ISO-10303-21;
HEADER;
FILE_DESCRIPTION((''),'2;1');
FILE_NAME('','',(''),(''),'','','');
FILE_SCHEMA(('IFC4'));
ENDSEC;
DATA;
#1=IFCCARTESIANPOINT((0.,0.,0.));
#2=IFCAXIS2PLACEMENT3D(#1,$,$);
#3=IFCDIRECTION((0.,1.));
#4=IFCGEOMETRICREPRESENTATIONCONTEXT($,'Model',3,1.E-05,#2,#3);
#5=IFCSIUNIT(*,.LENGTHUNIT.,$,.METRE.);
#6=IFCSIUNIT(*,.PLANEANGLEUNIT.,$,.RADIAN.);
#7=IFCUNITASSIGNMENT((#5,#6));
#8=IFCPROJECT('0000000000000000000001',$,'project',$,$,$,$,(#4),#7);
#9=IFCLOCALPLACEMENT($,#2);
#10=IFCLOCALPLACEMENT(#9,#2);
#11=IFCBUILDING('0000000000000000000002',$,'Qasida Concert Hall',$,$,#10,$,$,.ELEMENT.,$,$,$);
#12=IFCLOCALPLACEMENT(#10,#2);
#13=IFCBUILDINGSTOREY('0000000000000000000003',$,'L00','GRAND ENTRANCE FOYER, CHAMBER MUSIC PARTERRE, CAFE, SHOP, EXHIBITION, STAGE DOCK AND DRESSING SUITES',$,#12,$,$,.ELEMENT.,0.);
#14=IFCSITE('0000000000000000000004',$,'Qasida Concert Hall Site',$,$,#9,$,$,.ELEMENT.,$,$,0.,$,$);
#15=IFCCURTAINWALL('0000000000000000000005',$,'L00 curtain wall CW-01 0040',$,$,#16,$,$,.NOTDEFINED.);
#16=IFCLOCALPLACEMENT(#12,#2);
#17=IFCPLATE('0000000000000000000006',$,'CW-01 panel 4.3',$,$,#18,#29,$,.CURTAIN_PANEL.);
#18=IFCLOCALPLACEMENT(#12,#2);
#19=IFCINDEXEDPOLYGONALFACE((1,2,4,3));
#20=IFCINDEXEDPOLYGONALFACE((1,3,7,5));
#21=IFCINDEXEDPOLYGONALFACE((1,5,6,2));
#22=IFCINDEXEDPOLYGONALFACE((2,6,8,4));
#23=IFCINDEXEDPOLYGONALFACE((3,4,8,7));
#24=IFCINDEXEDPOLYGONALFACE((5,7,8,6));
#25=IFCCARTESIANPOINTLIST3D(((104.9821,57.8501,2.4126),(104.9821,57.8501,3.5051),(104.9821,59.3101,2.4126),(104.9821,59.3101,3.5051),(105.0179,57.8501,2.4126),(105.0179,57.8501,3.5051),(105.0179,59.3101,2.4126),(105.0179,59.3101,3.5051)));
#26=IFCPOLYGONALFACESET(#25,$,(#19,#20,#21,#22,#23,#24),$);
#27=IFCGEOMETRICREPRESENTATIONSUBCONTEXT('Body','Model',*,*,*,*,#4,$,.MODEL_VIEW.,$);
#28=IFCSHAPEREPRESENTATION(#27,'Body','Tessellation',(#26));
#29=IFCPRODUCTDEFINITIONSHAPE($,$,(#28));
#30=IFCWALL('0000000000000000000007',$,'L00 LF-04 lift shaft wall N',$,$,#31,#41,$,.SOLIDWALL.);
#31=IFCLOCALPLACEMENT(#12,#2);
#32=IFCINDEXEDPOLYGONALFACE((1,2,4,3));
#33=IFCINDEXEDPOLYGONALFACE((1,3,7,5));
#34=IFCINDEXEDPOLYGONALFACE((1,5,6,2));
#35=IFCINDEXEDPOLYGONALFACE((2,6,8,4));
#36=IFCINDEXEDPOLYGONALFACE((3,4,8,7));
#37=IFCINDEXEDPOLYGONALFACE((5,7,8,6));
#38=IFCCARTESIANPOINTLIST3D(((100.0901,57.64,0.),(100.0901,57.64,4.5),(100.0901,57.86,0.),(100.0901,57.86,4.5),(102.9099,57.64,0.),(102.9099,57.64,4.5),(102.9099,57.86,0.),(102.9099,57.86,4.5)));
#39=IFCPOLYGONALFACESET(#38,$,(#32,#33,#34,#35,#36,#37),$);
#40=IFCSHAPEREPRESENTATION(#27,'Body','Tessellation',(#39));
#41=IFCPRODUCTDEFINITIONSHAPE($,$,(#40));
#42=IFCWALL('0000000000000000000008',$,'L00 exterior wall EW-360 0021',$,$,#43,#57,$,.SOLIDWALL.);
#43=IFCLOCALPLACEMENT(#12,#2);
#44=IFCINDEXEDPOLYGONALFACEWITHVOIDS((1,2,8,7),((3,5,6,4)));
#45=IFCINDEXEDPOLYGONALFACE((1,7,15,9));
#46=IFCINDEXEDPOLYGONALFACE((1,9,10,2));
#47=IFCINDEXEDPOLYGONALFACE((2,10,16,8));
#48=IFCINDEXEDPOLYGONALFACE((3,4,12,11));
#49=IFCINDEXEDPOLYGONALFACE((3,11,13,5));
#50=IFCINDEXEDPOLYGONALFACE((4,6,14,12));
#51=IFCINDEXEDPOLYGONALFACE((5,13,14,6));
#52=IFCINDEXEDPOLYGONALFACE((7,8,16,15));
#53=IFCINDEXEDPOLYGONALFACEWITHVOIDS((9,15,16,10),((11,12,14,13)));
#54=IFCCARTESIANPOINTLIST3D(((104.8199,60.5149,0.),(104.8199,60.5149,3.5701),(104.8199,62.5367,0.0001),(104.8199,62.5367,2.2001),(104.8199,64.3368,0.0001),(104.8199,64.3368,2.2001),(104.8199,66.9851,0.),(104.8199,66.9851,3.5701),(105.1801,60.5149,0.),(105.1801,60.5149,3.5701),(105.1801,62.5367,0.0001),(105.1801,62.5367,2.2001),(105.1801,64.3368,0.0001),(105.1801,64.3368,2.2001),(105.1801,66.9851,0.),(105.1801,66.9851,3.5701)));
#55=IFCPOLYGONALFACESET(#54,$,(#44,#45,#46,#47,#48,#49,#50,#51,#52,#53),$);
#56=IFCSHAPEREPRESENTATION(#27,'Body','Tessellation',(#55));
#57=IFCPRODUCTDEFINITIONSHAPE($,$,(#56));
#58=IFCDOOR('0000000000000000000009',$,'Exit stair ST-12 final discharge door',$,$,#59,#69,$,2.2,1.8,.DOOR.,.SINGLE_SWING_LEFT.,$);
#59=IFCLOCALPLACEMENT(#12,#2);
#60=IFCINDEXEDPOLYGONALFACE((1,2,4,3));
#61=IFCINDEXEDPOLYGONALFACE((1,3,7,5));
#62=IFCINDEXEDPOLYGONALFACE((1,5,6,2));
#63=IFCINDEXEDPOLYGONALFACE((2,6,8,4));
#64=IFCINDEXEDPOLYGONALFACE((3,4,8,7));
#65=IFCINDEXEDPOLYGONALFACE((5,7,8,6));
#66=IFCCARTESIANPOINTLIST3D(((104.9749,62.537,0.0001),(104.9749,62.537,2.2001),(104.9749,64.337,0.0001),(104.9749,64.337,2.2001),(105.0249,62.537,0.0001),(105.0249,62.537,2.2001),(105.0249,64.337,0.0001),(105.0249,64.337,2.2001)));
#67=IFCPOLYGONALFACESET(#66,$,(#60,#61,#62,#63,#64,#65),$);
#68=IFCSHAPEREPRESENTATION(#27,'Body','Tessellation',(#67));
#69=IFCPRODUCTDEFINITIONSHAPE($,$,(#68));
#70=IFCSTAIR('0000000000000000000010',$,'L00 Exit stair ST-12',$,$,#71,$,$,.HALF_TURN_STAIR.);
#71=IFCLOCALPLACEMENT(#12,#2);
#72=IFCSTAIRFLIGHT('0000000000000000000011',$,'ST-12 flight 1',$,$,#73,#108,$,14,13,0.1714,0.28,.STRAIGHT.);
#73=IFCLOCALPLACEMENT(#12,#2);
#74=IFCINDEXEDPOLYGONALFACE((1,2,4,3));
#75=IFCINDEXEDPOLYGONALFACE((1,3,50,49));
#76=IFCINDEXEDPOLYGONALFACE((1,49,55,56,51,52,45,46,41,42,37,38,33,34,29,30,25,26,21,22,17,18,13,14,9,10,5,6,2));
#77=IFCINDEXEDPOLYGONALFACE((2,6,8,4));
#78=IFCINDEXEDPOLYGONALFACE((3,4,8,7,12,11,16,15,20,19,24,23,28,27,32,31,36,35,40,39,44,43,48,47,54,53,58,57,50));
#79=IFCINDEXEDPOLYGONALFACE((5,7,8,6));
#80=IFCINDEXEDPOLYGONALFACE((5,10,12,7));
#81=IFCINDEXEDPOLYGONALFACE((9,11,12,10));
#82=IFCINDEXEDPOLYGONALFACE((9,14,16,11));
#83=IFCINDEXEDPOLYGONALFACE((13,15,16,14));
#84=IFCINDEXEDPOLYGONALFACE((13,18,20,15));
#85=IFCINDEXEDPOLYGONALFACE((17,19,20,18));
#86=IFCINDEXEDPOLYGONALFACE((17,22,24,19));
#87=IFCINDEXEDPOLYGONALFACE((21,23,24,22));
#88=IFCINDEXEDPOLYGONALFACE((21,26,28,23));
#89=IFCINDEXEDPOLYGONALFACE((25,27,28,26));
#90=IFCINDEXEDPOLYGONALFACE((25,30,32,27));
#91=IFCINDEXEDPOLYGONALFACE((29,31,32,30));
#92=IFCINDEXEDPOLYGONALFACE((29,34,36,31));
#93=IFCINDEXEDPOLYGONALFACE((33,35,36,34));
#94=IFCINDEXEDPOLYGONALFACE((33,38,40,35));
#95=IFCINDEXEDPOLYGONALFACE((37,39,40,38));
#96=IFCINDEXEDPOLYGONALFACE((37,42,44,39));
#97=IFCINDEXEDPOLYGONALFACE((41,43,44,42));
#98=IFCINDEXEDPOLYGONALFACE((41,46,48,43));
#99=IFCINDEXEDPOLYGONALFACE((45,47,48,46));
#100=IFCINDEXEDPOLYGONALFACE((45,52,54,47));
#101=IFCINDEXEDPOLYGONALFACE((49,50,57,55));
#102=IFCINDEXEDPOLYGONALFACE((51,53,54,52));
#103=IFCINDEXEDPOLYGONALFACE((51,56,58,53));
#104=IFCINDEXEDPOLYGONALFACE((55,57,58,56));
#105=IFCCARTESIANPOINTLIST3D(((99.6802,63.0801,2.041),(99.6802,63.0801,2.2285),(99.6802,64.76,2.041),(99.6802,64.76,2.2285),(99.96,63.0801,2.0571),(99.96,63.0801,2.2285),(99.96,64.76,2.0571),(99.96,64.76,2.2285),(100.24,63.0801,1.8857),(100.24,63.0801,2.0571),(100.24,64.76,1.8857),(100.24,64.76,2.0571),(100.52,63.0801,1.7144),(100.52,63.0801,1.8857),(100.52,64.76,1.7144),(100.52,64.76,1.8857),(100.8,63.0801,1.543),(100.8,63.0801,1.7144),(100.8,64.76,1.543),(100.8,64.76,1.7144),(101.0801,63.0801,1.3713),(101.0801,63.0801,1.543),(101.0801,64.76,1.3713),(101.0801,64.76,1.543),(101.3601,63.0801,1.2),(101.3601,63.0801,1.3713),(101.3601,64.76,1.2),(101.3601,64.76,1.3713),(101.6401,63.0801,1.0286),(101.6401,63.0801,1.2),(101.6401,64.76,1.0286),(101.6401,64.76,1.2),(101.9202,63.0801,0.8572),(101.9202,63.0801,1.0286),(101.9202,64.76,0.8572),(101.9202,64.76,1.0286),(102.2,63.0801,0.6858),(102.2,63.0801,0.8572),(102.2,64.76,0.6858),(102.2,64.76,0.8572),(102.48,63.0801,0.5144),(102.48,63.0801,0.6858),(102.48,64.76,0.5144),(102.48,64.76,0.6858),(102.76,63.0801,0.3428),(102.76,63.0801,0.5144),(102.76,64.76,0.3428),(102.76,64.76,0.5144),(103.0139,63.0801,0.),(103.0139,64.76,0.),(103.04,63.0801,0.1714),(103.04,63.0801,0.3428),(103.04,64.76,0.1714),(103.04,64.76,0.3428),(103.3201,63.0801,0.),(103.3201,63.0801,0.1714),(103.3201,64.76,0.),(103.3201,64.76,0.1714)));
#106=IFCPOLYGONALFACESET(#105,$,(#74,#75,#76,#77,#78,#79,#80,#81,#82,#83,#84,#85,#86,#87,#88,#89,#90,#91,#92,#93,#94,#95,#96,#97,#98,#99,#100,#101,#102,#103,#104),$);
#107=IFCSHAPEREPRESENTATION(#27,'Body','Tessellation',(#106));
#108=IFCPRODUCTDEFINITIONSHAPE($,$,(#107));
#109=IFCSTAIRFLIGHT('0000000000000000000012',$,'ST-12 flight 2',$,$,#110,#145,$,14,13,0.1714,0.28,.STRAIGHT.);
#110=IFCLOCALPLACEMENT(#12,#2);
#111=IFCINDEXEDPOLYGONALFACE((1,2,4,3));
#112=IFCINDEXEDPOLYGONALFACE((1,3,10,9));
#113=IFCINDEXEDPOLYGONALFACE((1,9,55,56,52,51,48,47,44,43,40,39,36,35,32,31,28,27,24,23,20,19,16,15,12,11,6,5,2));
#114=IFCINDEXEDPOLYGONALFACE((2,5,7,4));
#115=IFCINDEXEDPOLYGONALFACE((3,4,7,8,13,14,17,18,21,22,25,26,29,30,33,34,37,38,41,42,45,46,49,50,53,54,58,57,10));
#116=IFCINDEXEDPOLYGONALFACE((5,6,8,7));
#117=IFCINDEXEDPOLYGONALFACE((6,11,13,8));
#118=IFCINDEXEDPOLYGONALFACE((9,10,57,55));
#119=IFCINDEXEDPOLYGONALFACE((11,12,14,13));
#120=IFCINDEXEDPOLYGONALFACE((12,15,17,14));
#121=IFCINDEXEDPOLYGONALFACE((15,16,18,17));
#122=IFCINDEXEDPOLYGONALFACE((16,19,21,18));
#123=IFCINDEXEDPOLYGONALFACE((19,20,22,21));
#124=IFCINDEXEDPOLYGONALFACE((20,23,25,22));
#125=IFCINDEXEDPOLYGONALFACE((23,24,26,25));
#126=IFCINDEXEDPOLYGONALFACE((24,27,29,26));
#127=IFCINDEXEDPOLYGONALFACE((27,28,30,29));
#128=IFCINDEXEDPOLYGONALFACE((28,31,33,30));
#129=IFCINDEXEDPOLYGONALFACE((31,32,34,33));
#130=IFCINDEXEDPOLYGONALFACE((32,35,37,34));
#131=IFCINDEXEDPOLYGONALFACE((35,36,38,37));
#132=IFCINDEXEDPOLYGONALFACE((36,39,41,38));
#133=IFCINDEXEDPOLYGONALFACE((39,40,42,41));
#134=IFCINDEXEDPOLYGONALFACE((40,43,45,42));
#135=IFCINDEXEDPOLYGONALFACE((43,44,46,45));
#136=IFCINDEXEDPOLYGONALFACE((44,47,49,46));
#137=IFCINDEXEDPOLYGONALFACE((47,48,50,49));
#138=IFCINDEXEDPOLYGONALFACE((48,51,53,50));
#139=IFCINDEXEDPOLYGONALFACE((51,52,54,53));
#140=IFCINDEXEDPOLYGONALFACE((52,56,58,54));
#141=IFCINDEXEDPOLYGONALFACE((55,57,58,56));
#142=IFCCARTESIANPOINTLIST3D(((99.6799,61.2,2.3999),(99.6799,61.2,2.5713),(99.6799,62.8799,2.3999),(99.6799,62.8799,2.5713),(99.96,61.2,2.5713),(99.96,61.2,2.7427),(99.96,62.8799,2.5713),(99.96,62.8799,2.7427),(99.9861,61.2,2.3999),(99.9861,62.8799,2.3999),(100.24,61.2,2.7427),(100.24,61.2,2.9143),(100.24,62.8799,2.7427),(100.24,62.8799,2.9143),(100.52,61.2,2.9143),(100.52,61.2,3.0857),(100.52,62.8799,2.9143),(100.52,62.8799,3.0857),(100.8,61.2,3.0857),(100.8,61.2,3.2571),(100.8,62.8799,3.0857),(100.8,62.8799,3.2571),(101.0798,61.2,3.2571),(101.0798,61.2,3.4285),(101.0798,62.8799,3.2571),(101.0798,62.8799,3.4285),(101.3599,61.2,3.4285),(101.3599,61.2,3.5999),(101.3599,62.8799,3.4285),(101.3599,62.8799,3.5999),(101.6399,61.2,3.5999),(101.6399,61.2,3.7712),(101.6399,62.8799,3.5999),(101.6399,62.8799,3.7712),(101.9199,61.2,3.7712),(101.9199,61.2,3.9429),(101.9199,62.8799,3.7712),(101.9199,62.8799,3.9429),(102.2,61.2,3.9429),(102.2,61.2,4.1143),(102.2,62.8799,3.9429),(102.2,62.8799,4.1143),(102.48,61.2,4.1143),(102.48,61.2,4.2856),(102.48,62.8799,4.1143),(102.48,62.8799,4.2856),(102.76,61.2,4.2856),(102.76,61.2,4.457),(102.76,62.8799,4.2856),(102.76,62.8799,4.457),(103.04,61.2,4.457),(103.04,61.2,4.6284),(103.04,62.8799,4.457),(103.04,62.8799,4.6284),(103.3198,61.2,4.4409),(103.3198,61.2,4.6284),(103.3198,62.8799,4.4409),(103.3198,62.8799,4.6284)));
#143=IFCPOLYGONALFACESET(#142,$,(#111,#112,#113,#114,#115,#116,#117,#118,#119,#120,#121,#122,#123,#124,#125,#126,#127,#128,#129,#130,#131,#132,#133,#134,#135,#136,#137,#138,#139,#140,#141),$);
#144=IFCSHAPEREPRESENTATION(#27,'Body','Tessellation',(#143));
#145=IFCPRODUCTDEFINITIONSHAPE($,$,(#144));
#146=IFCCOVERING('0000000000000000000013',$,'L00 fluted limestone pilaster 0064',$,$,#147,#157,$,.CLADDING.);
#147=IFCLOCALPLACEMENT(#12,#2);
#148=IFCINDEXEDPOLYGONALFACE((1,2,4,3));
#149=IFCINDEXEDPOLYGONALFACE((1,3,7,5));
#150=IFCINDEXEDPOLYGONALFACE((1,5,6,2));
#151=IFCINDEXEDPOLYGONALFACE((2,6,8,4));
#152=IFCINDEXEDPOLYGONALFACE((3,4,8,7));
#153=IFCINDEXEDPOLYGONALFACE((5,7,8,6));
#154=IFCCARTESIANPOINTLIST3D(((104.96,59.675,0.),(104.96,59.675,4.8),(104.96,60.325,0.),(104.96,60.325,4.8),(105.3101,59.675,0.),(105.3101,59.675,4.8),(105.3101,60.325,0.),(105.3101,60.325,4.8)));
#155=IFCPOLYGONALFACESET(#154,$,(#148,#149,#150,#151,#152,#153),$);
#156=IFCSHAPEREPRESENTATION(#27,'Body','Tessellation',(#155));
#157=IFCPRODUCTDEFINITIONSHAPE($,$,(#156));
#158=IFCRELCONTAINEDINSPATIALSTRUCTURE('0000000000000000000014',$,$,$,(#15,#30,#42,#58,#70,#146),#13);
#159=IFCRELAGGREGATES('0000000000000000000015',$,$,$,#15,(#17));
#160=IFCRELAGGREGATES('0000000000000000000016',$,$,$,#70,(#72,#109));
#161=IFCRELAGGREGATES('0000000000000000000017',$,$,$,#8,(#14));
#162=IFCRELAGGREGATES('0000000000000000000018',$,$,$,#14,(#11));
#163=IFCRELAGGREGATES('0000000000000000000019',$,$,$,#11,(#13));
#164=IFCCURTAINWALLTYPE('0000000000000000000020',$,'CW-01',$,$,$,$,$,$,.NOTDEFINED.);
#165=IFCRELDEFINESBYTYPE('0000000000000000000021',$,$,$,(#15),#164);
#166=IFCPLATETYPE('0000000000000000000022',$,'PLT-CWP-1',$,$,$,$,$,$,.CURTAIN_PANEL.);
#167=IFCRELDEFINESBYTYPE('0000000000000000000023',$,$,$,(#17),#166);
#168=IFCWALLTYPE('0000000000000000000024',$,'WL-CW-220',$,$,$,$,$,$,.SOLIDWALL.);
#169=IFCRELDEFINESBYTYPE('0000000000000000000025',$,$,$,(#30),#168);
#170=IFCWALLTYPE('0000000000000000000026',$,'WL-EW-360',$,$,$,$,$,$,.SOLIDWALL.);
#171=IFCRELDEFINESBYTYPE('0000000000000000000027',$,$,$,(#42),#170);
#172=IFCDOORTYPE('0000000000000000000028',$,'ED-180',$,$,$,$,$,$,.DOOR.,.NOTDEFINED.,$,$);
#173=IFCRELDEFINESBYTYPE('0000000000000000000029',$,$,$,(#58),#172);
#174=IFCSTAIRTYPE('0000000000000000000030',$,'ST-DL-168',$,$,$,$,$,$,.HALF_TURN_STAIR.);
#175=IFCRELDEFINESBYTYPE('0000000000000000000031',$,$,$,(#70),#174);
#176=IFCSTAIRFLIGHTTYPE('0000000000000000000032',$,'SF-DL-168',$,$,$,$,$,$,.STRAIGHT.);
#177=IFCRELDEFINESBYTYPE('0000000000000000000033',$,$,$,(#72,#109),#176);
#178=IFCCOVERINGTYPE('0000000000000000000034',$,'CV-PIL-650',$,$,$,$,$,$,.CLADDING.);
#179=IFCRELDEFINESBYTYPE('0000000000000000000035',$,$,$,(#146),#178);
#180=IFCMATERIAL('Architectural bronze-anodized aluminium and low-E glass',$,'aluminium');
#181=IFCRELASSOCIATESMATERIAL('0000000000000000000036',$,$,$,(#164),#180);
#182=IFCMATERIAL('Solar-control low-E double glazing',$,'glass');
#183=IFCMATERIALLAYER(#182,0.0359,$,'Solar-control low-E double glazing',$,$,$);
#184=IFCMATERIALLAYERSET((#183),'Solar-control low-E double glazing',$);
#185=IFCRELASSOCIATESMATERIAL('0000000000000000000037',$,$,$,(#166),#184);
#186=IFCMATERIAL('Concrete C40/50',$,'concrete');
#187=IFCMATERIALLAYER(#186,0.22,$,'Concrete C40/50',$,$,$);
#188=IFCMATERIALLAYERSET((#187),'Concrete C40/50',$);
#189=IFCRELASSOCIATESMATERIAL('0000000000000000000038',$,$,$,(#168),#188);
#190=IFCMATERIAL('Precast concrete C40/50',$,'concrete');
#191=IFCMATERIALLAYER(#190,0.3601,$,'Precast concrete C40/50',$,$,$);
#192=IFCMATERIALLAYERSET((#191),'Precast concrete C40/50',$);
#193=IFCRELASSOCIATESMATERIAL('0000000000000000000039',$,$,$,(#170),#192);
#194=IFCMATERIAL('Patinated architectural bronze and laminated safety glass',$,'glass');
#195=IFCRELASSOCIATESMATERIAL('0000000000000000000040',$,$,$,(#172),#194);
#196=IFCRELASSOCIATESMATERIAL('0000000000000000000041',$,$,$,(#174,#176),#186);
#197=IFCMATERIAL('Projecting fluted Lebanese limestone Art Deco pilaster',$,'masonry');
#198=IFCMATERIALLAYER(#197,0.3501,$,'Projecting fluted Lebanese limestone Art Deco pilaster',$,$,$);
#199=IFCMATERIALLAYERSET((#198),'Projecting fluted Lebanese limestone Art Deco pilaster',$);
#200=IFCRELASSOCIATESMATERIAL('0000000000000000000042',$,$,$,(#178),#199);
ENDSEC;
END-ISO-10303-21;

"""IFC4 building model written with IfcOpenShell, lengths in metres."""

from ifc_helpers import new_model, si_unit, direction, frame, frame_2d, origin, origin_2d, place, context, subcontext, project, spatial, polyline, rectangle, outline, extrude, material, layer, layer_set, type_object, element, fill, aggregate, save


model = new_model("IFC4")

# Units and contexts
model_context = context("Model", 3, precision=1e-05, world=origin(), true_north=direction((0.0, 1.0)))
body_context = subcontext(model_context, "Body", "Model", "MODEL_VIEW")
ifc_project = project(units=[si_unit("LENGTHUNIT", "METRE"), si_unit("PLANEANGLEUNIT", "RADIAN")], contexts=[model_context])

# Site, building, storey
site_placement = place(None, origin())
site = spatial("IfcSite", under=ifc_project, at=site_placement, Name="Qasida Concert Hall Site", CompositionType="ELEMENT", RefElevation=0.0)
building_placement = place(site_placement, origin())
building = spatial("IfcBuilding", under=site, at=building_placement, Name="Qasida Concert Hall", CompositionType="ELEMENT")
storey_placement = place(building_placement, origin())
storey = spatial("IfcBuildingStorey", under=building, at=storey_placement, Name="L00", Description="GRAND ENTRANCE FOYER, CHAMBER MUSIC PARTERRE, CAFE, SHOP, EXHIBITION, STAGE DOCK AND DRESSING SUITES", CompositionType="ELEMENT", Elevation=0.0)

# Shared definitions
ifc_material_1 = material(Name="Concrete C40/50", Category="concrete")

# Curtain wall, plate
ifc_material_2 = material(Name="Architectural bronze-anodized aluminium and low-E glass", Category="aluminium")
curtain_wall_type = type_object("IfcCurtainWallType", Name="CW-01", PredefinedType="NOTDEFINED", material=ifc_material_2)
curtain_wall_placement = place(storey_placement, origin())
curtain_wall = element("IfcCurtainWall", 1, at=curtain_wall_placement, inside=storey, type_object=curtain_wall_type, Name="L00 curtain wall CW-01 0040", PredefinedType="NOTDEFINED")
ifc_material_3 = material(Name="Solar-control low-E double glazing", Category="glass")
ifc_layer_1 = layer(ifc_material_3, 0.0359, Name="Solar-control low-E double glazing")
ifc_layer_set_1 = layer_set([ifc_layer_1], Name="Solar-control low-E double glazing")
plate_type = type_object("IfcPlateType", Name="PLT-CWP-1", PredefinedType="CURTAIN_PANEL", material=ifc_layer_set_1)
plate_1_placement = place(storey_placement, frame((105.0, 58.5801, 2.4126), z_axis=(0.0, 0.0, 1.0), x_axis=(0.0, 1.0, 0.0)))
plate_1 = element("IfcPlate", 2, at=plate_1_placement, type_object=plate_type, Name="CW-01 panel 4.3", PredefinedType="CURTAIN_PANEL", context=body_context, shape_type="SweptSolid", body=[
    extrude(rectangle(XDim=1.46, YDim=0.0359, at=origin_2d()), origin(), (0.0, 0.0, 1.0), 1.0925),
])
aggregate(curtain_wall, [plate_1])

# Wall
ifc_layer_2 = layer(ifc_material_1, 0.22, Name="Concrete C40/50")
ifc_layer_set_2 = layer_set([ifc_layer_2], Name="Concrete C40/50")
wall_type_1 = type_object("IfcWallType", Name="WL-CW-220", PredefinedType="SOLIDWALL", material=ifc_layer_set_2)
wall_1_placement = place(storey_placement, frame((100.0901, 57.75, 0.0), z_axis=(0.0, 0.0, 1.0), x_axis=(1.0, 0.0, 0.0)))
element("IfcWall", 3, at=wall_1_placement, inside=storey, type_object=wall_type_1, Name="L00 LF-04 lift shaft wall N", PredefinedType="SOLIDWALL", context=body_context, shape_type="SweptSolid", body=[
    extrude(rectangle(XDim=2.8198, YDim=0.22, at=frame_2d((1.4099, 0.0))), origin(), (0.0, 0.0, 1.0), 4.5),
])

# Wall, opening, door
ifc_material_4 = material(Name="Precast concrete C40/50", Category="concrete")
ifc_layer_3 = layer(ifc_material_4, 0.3601, Name="Precast concrete C40/50")
ifc_layer_set_3 = layer_set([ifc_layer_3], Name="Precast concrete C40/50")
wall_type_2 = type_object("IfcWallType", Name="WL-EW-360", PredefinedType="SOLIDWALL", material=ifc_layer_set_3)
wall_2_placement = place(storey_placement, frame((105.0, 60.5149, 0.0), z_axis=(0.0, 0.0, 1.0), x_axis=(0.0, 1.0, 0.0)))
wall_2 = element("IfcWall", 4, at=wall_2_placement, inside=storey, type_object=wall_type_2, Name="L00 exterior wall EW-360 0021", PredefinedType="SOLIDWALL", context=body_context, shape_type="SweptSolid", body=[
    extrude(rectangle(XDim=6.4702, YDim=0.3601, at=frame_2d((3.2351, 0.0))), origin(), (0.0, 0.0, 1.0), 3.5701),
])
opening_placement = place(wall_2_placement, frame((2.022, 0.0, 0.0)))
opening = element("IfcOpeningElement", 5, at=opening_placement, cuts=wall_2, PredefinedType="OPENING", context=body_context, shape_type="SweptSolid", body=[
    extrude(rectangle(XDim=1.8, YDim=2.2, at=frame_2d((0.8999, 1.1001))), frame((0.0, 0.1899, 0.0), z_axis=(0.0, -1.0, 0.0), x_axis=(1.0, 0.0, 0.0)), (0.0, 0.0, 1.0), 0.3801),
])
ifc_material_5 = material(Name="Patinated architectural bronze and laminated safety glass", Category="glass")
door_type = type_object("IfcDoorType", Name="ED-180", OperationType="NOTDEFINED", PredefinedType="DOOR", material=ifc_material_5)
door_placement = place(opening_placement, frame((1.8, 0.0, 0.0), z_axis=(0.0, 0.0, 1.0), x_axis=(-1.0, 0.0, 0.0)))
door = element("IfcDoor", 6, at=door_placement, inside=storey, type_object=door_type, Name="Exit stair ST-12 final discharge door", OperationType="SINGLE_SWING_LEFT", OverallHeight=2.2, OverallWidth=1.8, PredefinedType="DOOR", context=body_context, shape_type="SweptSolid", body=[
    extrude(rectangle(XDim=1.8, YDim=2.2, at=frame_2d((0.8999, 1.1001))), frame((0.0, 0.0249, 0.0), z_axis=(0.0, -1.0, 0.0), x_axis=(1.0, 0.0, 0.0)), (0.0, 0.0, 1.0), 0.05),
])
fill(opening, door)

# Stair, stair flights
stair_type = type_object("IfcStairType", Name="ST-DL-168", PredefinedType="HALF_TURN_STAIR", material=ifc_material_1)
stair_placement = place(storey_placement, origin())
stair = element("IfcStair", 7, at=stair_placement, inside=storey, type_object=stair_type, Name="L00 Exit stair ST-12", PredefinedType="HALF_TURN_STAIR")
stair_flight_type = type_object("IfcStairFlightType", Name="SF-DL-168", PredefinedType="STRAIGHT", material=ifc_material_1)
stair_flight_1_placement = place(storey_placement, frame((103.3201, 63.9199, 0.0), z_axis=(0.0, 0.0, 1.0), x_axis=(-1.0, 0.0, 0.0)))
stair_flight_1 = element("IfcStairFlight", 8, at=stair_flight_1_placement, type_object=stair_flight_type, Name="ST-12 flight 1", NumberOfRisers=14, NumberOfTreads=13, PredefinedType="STRAIGHT", RiserHeight=0.1714, TreadLength=0.28, context=body_context, shape_type="SweptSolid", body=[
    extrude(outline(polyline([(0.0, 0.0), (0.0, 0.1714), (0.28, 0.1714), (0.28, 0.3428), (0.5601, 0.3428), (0.5601, 0.5144), (0.8401, 0.5144), (0.8401, 0.6858), (1.1201, 0.6858), (1.1201, 0.8572), (1.3999, 0.8572), (1.3999, 1.0286), (1.6799, 1.0286), (1.6799, 1.2), (1.96, 1.2), (1.96, 1.3713), (2.24, 1.3713), (2.24, 1.543), (2.52, 1.543), (2.52, 1.7144), (2.8, 1.7144), (2.8, 1.8857), (3.0801, 1.8857), (3.0801, 2.0571), (3.3601, 2.0571), (3.3601, 2.2285), (3.6399, 2.2285), (3.6399, 2.3999), (3.6399, 2.041), (0.3062, 0.0), (0.0, 0.0)])), frame((0.0, 0.8398, 0.0), z_axis=(0.0, -1.0, 0.0), x_axis=(1.0, 0.0, 0.0)), (0.0, 0.0, 1.0), 1.6799),
])
stair_flight_2_placement = place(storey_placement, frame((99.6799, 62.04, 2.3999), z_axis=(0.0, 0.0, 1.0), x_axis=(1.0, 0.0, 0.0)))
stair_flight_2 = element("IfcStairFlight", 9, at=stair_flight_2_placement, type_object=stair_flight_type, Name="ST-12 flight 2", NumberOfRisers=14, NumberOfTreads=13, PredefinedType="STRAIGHT", RiserHeight=0.1714, TreadLength=0.28, context=body_context, shape_type="SweptSolid", body=[
    extrude(outline(polyline([(0.0, 0.0), (0.0, 0.1714), (0.28, 0.1714), (0.28, 0.3428), (0.5601, 0.3428), (0.5601, 0.5144), (0.8401, 0.5144), (0.8401, 0.6858), (1.1201, 0.6858), (1.1201, 0.8572), (1.3999, 0.8572), (1.3999, 1.0286), (1.6799, 1.0286), (1.6799, 1.2), (1.96, 1.2), (1.96, 1.3713), (2.24, 1.3713), (2.24, 1.543), (2.52, 1.543), (2.52, 1.7144), (2.8, 1.7144), (2.8, 1.8857), (3.0801, 1.8857), (3.0801, 2.0571), (3.3601, 2.0571), (3.3601, 2.2285), (3.6399, 2.2285), (3.6399, 2.3999), (3.6399, 2.041), (0.3062, 0.0), (0.0, 0.0)])), frame((0.0, 0.8398, 0.0), z_axis=(0.0, -1.0, 0.0), x_axis=(1.0, 0.0, 0.0)), (0.0, 0.0, 1.0), 1.6799),
])
aggregate(stair, [stair_flight_1, stair_flight_2])

# Covering
ifc_material_6 = material(Name="Projecting fluted Lebanese limestone Art Deco pilaster", Category="masonry")
ifc_layer_4 = layer(ifc_material_6, 0.3501, Name="Projecting fluted Lebanese limestone Art Deco pilaster")
ifc_layer_set_4 = layer_set([ifc_layer_4], Name="Projecting fluted Lebanese limestone Art Deco pilaster")
covering_type = type_object("IfcCoveringType", Name="CV-PIL-650", PredefinedType="CLADDING", material=ifc_layer_set_4)
covering_placement = place(storey_placement, frame((105.135, 60.0, 0.0), z_axis=(0.0, 0.0, 1.0), x_axis=(1.0, 0.0, 0.0)))
element("IfcCovering", 10, at=covering_placement, inside=storey, type_object=covering_type, Name="L00 fluted limestone pilaster 0064", PredefinedType="CLADDING", context=body_context, shape_type="SweptSolid", body=[
    extrude(rectangle(XDim=0.3501, YDim=0.6499, at=origin_2d()), origin(), (0.0, 0.0, 1.0), 4.8),
])

save(model, "model.ifc")
